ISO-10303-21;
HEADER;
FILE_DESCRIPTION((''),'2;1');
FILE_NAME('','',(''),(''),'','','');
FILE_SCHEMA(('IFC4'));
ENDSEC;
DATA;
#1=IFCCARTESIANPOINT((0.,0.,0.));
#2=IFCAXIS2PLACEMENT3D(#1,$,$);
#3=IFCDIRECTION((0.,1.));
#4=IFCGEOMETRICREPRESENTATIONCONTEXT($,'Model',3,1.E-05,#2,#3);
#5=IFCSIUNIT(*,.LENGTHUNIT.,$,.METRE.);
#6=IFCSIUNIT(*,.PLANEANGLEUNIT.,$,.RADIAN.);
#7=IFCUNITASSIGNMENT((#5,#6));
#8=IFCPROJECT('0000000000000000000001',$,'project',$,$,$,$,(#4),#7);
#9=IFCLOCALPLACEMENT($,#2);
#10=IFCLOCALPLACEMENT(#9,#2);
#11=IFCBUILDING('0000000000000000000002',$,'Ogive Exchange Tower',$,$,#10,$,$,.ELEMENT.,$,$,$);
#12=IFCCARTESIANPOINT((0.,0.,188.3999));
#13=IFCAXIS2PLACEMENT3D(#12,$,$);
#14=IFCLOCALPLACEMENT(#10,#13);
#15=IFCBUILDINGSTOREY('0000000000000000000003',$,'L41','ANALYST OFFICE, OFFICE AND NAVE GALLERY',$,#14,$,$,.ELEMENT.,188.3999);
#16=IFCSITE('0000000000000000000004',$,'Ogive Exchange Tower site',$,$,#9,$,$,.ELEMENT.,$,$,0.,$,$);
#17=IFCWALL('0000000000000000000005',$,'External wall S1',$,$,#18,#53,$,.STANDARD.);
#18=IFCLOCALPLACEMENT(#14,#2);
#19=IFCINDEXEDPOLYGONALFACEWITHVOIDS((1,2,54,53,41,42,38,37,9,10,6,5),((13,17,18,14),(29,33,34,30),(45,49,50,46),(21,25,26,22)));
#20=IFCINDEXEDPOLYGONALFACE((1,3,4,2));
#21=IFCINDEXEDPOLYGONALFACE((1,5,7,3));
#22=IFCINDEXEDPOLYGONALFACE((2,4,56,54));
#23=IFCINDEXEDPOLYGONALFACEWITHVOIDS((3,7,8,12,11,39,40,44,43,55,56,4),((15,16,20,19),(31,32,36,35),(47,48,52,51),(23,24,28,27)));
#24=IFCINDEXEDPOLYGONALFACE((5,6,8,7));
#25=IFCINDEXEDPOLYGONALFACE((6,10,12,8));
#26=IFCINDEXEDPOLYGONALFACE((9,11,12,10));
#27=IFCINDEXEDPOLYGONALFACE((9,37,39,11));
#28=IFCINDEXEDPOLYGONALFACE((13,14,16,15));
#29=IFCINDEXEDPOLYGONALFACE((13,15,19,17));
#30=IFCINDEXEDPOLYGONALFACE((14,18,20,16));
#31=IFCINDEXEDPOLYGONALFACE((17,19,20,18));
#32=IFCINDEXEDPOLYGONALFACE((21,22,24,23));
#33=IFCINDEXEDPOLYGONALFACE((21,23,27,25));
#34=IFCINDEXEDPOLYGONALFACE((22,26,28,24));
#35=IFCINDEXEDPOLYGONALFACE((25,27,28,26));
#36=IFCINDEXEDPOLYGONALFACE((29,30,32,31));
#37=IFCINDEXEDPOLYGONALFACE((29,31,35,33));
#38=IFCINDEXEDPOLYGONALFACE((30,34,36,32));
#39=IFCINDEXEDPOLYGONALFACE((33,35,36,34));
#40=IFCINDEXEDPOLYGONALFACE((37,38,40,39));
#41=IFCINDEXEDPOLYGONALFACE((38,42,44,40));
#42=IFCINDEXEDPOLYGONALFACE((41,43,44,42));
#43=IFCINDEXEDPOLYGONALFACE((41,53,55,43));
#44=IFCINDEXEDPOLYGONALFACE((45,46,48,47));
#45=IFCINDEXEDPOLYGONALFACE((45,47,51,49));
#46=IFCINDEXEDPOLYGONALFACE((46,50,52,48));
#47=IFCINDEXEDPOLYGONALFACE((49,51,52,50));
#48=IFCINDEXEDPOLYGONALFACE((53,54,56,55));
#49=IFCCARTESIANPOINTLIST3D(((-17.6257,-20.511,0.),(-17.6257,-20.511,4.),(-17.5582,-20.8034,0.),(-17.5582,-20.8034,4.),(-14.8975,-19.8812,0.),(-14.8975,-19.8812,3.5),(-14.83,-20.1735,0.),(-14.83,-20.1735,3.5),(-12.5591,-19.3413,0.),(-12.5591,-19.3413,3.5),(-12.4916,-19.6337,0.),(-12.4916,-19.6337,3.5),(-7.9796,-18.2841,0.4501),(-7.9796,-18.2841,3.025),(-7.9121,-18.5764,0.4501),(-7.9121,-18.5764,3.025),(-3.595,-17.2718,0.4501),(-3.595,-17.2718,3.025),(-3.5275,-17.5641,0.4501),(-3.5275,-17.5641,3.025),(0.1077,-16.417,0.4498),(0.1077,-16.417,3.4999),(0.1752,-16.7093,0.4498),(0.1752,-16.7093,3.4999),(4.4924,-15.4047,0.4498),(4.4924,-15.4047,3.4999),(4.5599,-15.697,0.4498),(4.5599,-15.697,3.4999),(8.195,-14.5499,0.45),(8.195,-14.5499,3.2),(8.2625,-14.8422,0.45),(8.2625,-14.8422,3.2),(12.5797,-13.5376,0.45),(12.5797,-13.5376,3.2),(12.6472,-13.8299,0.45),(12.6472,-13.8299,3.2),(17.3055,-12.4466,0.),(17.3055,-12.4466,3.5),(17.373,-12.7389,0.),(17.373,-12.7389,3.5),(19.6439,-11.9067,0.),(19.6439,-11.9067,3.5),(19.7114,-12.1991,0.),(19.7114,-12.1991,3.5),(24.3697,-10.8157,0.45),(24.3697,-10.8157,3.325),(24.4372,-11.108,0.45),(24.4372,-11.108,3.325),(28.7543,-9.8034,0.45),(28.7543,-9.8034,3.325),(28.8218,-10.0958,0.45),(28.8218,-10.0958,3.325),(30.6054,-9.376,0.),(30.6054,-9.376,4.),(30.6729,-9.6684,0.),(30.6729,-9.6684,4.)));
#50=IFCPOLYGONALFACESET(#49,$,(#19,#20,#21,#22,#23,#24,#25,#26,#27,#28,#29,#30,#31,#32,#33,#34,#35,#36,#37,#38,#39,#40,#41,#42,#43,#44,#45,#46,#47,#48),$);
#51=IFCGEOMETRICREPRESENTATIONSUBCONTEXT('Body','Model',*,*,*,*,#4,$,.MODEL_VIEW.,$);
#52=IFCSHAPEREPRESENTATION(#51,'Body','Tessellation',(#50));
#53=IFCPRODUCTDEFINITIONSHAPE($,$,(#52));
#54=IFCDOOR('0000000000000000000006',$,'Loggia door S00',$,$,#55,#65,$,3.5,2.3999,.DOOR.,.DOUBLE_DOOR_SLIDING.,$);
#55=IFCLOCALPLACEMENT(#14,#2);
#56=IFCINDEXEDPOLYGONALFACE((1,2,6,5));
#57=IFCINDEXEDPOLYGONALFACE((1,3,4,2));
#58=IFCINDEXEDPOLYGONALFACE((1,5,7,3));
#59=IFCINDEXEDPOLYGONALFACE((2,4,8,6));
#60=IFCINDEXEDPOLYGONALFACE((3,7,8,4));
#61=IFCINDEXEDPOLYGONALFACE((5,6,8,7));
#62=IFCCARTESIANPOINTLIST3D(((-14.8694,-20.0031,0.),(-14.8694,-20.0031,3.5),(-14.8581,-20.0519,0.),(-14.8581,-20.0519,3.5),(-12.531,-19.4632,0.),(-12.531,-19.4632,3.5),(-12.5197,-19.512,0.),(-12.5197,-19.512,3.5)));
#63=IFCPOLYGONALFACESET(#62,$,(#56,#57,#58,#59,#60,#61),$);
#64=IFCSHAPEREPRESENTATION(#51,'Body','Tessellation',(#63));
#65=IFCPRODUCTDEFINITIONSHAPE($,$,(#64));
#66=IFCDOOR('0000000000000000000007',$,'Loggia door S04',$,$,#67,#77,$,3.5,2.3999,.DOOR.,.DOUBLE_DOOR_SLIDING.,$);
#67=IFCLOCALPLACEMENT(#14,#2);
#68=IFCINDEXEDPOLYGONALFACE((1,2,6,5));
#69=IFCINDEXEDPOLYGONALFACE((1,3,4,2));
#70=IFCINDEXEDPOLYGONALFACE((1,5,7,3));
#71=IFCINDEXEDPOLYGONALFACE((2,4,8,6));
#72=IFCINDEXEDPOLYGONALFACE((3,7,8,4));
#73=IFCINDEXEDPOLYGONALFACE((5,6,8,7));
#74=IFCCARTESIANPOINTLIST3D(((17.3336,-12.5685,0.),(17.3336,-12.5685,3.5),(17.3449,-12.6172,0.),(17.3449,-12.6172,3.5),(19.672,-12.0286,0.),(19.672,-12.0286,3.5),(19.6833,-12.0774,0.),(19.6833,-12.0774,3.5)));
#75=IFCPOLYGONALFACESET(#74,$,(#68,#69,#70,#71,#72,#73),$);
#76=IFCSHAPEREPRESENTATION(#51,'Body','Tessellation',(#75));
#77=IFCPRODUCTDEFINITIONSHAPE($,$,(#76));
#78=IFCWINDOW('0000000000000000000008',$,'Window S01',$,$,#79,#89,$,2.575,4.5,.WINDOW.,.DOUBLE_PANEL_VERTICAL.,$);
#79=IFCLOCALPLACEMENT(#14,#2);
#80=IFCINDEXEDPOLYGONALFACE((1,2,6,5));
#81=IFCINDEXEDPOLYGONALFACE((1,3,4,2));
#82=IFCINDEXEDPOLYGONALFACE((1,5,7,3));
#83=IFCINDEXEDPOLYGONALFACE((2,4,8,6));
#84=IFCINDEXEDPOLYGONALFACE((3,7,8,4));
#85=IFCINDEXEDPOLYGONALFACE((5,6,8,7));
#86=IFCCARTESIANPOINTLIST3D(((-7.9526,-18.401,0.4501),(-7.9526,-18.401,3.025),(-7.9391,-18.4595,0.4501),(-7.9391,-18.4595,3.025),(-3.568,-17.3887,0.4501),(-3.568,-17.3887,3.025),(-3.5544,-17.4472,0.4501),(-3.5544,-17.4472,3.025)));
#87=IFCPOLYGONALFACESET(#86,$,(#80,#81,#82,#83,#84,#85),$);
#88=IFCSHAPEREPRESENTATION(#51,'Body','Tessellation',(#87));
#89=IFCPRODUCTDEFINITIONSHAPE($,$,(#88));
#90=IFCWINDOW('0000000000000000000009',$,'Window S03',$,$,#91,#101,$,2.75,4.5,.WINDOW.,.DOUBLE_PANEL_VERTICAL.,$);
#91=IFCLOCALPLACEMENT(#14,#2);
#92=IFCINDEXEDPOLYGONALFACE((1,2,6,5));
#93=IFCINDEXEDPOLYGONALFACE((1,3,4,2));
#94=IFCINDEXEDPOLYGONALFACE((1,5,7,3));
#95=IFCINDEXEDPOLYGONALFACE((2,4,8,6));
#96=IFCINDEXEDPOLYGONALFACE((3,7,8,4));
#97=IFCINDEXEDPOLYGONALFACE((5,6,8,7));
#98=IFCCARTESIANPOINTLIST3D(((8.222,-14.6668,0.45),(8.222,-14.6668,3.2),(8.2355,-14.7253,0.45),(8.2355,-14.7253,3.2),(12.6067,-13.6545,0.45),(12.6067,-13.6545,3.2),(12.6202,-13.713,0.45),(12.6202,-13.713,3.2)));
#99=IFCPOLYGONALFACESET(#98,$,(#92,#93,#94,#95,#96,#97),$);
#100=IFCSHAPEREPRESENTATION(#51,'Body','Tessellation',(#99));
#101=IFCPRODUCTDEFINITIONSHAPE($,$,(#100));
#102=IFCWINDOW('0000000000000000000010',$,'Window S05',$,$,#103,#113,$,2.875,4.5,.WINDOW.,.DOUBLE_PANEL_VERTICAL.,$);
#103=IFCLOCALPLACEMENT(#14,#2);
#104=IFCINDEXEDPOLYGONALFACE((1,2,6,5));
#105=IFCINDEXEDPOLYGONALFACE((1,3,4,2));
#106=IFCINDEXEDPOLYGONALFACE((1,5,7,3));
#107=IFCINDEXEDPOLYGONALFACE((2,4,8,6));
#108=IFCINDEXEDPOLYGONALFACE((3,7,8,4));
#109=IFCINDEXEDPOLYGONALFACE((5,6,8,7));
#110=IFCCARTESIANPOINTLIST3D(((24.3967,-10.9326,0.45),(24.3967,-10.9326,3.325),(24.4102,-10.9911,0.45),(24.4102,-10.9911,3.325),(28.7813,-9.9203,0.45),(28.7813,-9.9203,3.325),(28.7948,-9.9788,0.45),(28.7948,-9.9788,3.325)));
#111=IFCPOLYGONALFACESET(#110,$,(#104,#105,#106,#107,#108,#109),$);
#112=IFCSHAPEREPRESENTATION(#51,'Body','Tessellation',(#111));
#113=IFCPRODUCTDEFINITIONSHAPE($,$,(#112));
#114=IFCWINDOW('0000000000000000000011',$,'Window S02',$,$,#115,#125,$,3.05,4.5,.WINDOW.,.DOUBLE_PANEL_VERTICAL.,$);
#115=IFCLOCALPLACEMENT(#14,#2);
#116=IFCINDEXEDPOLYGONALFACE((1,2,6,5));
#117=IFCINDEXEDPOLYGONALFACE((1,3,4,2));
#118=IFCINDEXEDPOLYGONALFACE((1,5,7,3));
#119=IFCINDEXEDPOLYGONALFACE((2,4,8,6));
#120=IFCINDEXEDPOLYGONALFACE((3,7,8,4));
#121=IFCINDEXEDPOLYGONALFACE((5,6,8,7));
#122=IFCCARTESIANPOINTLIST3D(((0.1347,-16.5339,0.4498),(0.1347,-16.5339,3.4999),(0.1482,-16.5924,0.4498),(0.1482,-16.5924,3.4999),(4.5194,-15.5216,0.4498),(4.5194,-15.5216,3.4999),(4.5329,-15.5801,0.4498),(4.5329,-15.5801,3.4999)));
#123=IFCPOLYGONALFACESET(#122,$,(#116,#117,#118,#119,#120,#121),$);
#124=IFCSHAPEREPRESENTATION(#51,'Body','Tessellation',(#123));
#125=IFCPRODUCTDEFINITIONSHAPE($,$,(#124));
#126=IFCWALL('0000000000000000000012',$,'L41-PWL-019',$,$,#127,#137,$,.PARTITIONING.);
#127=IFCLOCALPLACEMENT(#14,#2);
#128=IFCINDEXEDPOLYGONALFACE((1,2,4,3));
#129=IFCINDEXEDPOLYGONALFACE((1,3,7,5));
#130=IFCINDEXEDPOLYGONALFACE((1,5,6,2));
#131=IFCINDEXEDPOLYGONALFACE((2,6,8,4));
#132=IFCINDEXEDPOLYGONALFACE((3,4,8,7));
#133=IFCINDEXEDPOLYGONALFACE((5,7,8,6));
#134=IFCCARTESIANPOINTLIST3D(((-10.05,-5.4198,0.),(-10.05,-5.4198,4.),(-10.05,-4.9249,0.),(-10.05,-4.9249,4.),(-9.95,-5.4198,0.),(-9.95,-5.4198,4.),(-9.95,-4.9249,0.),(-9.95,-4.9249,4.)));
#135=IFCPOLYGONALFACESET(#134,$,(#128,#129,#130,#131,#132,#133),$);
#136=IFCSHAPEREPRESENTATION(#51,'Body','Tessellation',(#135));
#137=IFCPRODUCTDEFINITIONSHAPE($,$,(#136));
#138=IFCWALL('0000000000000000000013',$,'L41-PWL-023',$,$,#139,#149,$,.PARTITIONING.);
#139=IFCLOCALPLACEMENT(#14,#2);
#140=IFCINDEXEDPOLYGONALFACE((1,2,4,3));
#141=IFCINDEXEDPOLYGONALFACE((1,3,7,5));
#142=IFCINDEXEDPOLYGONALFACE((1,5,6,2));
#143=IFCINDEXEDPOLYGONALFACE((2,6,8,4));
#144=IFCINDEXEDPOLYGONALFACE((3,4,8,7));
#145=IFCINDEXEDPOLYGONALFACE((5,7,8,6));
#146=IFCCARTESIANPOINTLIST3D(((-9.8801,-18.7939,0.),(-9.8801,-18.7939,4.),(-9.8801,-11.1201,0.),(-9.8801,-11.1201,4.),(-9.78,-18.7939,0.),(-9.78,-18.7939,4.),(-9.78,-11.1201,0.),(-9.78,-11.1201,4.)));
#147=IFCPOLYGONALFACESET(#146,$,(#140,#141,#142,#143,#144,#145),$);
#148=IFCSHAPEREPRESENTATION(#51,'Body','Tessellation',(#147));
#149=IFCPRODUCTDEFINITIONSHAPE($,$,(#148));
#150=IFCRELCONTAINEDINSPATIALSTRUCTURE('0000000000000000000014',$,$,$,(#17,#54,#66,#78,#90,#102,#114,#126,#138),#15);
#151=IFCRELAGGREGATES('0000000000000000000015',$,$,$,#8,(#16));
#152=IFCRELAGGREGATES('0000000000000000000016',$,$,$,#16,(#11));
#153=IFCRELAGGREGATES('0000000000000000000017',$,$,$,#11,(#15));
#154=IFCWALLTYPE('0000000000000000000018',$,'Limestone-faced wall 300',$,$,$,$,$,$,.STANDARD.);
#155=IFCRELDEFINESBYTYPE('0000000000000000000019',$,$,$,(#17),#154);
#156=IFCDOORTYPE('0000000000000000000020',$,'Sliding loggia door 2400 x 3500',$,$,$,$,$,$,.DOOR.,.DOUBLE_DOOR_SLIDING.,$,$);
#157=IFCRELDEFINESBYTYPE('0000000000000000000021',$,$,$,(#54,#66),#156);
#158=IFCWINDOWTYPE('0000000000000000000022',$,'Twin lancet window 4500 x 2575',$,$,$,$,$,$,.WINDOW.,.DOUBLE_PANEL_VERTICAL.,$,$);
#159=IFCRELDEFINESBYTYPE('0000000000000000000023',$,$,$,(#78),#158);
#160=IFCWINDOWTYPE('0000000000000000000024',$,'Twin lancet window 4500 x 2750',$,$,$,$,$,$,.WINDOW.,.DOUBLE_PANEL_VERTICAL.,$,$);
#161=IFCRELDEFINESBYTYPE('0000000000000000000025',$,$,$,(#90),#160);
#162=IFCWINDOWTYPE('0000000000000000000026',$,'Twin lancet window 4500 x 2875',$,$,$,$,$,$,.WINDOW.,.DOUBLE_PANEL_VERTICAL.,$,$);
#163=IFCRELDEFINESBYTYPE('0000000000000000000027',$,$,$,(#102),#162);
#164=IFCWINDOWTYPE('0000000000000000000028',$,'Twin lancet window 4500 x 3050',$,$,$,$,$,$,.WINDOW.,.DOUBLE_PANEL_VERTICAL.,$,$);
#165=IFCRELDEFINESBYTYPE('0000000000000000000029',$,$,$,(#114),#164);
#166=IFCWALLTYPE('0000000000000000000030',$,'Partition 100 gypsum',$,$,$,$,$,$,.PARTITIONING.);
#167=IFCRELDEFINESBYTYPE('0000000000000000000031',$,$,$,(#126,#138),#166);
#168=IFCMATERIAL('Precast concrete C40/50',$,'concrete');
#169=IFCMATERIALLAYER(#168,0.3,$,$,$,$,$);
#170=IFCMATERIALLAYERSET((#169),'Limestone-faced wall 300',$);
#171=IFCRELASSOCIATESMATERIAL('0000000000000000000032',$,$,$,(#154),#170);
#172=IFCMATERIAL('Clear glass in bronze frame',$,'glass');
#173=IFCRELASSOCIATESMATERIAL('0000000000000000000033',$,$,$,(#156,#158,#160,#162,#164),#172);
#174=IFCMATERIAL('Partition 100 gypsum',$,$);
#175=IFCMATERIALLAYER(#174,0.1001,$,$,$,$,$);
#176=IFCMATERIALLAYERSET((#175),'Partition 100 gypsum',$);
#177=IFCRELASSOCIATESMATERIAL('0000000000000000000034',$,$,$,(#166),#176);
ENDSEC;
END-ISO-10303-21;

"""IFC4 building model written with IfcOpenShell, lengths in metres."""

from ifc_helpers import new_model, si_unit, direction, frame, frame_2d, origin, place, context, subcontext, project, spatial, rectangle, extrude, material, layer, layer_set, type_object, element, fill, save


model = new_model("IFC4")

# Units and contexts
model_context = context("Model", 3, precision=1e-05, world=origin(), true_north=direction((0.0, 1.0)))
body_context = subcontext(model_context, "Body", "Model", "MODEL_VIEW")
ifc_project = project(units=[si_unit("LENGTHUNIT", "METRE"), si_unit("PLANEANGLEUNIT", "RADIAN")], contexts=[model_context])

# Site, building, storey
site_placement = place(None, origin())
site = spatial("IfcSite", under=ifc_project, at=site_placement, Name="Ogive Exchange Tower site", CompositionType="ELEMENT", RefElevation=0.0)
building_placement = place(site_placement, origin())
building = spatial("IfcBuilding", under=site, at=building_placement, Name="Ogive Exchange Tower", CompositionType="ELEMENT")
storey_placement = place(building_placement, frame((0.0, 0.0, 188.3999)))
storey = spatial("IfcBuildingStorey", under=building, at=storey_placement, Name="L41", Description="ANALYST OFFICE, OFFICE AND NAVE GALLERY", CompositionType="ELEMENT", Elevation=188.3999)

# Wall, openings, doors, windows
ifc_material_1 = material(Name="Precast concrete C40/50", Category="concrete")
ifc_layer_1 = layer(ifc_material_1, 0.3)
ifc_layer_set_1 = layer_set([ifc_layer_1], Name="Limestone-faced wall 300")
wall_type_1 = type_object("IfcWallType", Name="Limestone-faced wall 300", PredefinedType="STANDARD", material=ifc_layer_set_1)
wall_1_placement = place(storey_placement, frame((-17.592, -20.6572, 0.0), z_axis=(0.0, 0.0, 1.0), x_axis=(0.97437, 0.22495, 0.0)))
wall_1 = element("IfcWall", 1, at=wall_1_placement, inside=storey, type_object=wall_type_1, Name="External wall S1", PredefinedType="STANDARD", context=body_context, shape_type="SweptSolid", body=[
    extrude(rectangle(XDim=49.4998, YDim=0.3, at=frame_2d((24.75, 0.0))), origin(), (0.0, 0.0, 1.0), 4.0),
])
opening_1_placement = place(wall_1_placement, frame((2.8, 0.0, 0.0)))
opening_1 = element("IfcOpeningElement", 2, at=opening_1_placement, cuts=wall_1, PredefinedType="OPENING", context=body_context, shape_type="SweptSolid", body=[
    extrude(rectangle(XDim=2.3999, YDim=3.5, at=frame_2d((1.2, 1.75))), frame((0.0, 0.1599, 0.0), z_axis=(0.0, -1.0, 0.0), x_axis=(1.0, 0.0, 0.0)), (0.0, 0.0, 1.0), 0.3201),
])
opening_2_placement = place(wall_1_placement, frame((9.8999, 0.0, 0.45)))
opening_2 = element("IfcOpeningElement", 3, at=opening_2_placement, cuts=wall_1, PredefinedType="OPENING", context=body_context, shape_type="SweptSolid", body=[
    extrude(rectangle(XDim=4.5, YDim=2.575, at=frame_2d((2.25, 1.2876))), frame((0.0, 0.1599, 0.0), z_axis=(0.0, -1.0, 0.0), x_axis=(1.0, 0.0, 0.0)), (0.0, 0.0, 1.0), 0.3201),
])
opening_3_placement = place(wall_1_placement, frame((18.2, 0.0, 0.45)))
opening_3 = element("IfcOpeningElement", 4, at=opening_3_placement, cuts=wall_1, PredefinedType="OPENING", context=body_context, shape_type="SweptSolid", body=[
    extrude(rectangle(XDim=4.5, YDim=3.05, at=frame_2d((2.25, 1.5249))), frame((0.0, 0.1599, 0.0), z_axis=(0.0, -1.0, 0.0), x_axis=(1.0, 0.0, 0.0)), (0.0, 0.0, 1.0), 0.3201),
])
opening_4_placement = place(wall_1_placement, frame((26.5, 0.0, 0.45)))
opening_4 = element("IfcOpeningElement", 5, at=opening_4_placement, cuts=wall_1, PredefinedType="OPENING", context=body_context, shape_type="SweptSolid", body=[
    extrude(rectangle(XDim=4.5, YDim=2.75, at=frame_2d((2.25, 1.375))), frame((0.0, 0.1599, 0.0), z_axis=(0.0, -1.0, 0.0), x_axis=(1.0, 0.0, 0.0)), (0.0, 0.0, 1.0), 0.3201),
])
opening_5_placement = place(wall_1_placement, frame((35.8501, 0.0, 0.0)))
opening_5 = element("IfcOpeningElement", 6, at=opening_5_placement, cuts=wall_1, PredefinedType="OPENING", context=body_context, shape_type="SweptSolid", body=[
    extrude(rectangle(XDim=2.3999, YDim=3.5, at=frame_2d((1.2, 1.75))), frame((0.0, 0.1599, 0.0), z_axis=(0.0, -1.0, 0.0), x_axis=(1.0, 0.0, 0.0)), (0.0, 0.0, 1.0), 0.3201),
])
opening_6_placement = place(wall_1_placement, frame((43.1001, 0.0, 0.45)))
opening_6 = element("IfcOpeningElement", 7, at=opening_6_placement, cuts=wall_1, PredefinedType="OPENING", context=body_context, shape_type="SweptSolid", body=[
    extrude(rectangle(XDim=4.5, YDim=2.875, at=frame_2d((2.25, 1.4375))), frame((0.0, 0.1599, 0.0), z_axis=(0.0, -1.0, 0.0), x_axis=(1.0, 0.0, 0.0)), (0.0, 0.0, 1.0), 0.3201),
])
ifc_material_2 = material(Name="Clear glass in bronze frame", Category="glass")
door_type_1 = type_object("IfcDoorType", Name="Sliding loggia door 2400 x 3500", OperationType="DOUBLE_DOOR_SLIDING", PredefinedType="DOOR", material=ifc_material_2)
door_1_placement = place(opening_1_placement, origin())
door_1 = element("IfcDoor", 8, at=door_1_placement, inside=storey, type_object=door_type_1, Name="Loggia door S00", OperationType="DOUBLE_DOOR_SLIDING", OverallHeight=3.5, OverallWidth=2.3999, PredefinedType="DOOR", context=body_context, shape_type="SweptSolid", body=[
    extrude(rectangle(XDim=2.3999, YDim=3.5, at=frame_2d((1.2, 1.75))), frame((0.0, 0.0249, 0.0), z_axis=(0.0, -1.0, 0.0), x_axis=(1.0, 0.0, 0.0)), (0.0, 0.0, 1.0), 0.05),
])
fill(opening_1, door_1)
door_2_placement = place(opening_5_placement, origin())
door_2 = element("IfcDoor", 9, at=door_2_placement, inside=storey, type_object=door_type_1, Name="Loggia door S04", OperationType="DOUBLE_DOOR_SLIDING", OverallHeight=3.5, OverallWidth=2.3999, PredefinedType="DOOR", context=body_context, shape_type="SweptSolid", body=[
    extrude(rectangle(XDim=2.3999, YDim=3.5, at=frame_2d((1.2, 1.75))), frame((0.0, 0.0249, 0.0), z_axis=(0.0, -1.0, 0.0), x_axis=(1.0, 0.0, 0.0)), (0.0, 0.0, 1.0), 0.05),
])
fill(opening_5, door_2)
window_type_1 = type_object("IfcWindowType", Name="Twin lancet window 4500 x 2575", PartitioningType="DOUBLE_PANEL_VERTICAL", PredefinedType="WINDOW", material=ifc_material_2)
window_1_placement = place(opening_2_placement, origin())
window_1 = element("IfcWindow", 10, at=window_1_placement, inside=storey, type_object=window_type_1, Name="Window S01", OverallHeight=2.575, OverallWidth=4.5, PartitioningType="DOUBLE_PANEL_VERTICAL", PredefinedType="WINDOW", context=body_context, shape_type="SweptSolid", body=[
    extrude(rectangle(XDim=4.5, YDim=2.575, at=frame_2d((2.25, 1.2876))), frame((0.0, 0.03, 0.0), z_axis=(0.0, -1.0, 0.0), x_axis=(1.0, 0.0, 0.0)), (0.0, 0.0, 1.0), 0.0601),
])
fill(opening_2, window_1)
window_type_2 = type_object("IfcWindowType", Name="Twin lancet window 4500 x 2750", PartitioningType="DOUBLE_PANEL_VERTICAL", PredefinedType="WINDOW", material=ifc_material_2)
window_2_placement = place(opening_4_placement, origin())
window_2 = element("IfcWindow", 11, at=window_2_placement, inside=storey, type_object=window_type_2, Name="Window S03", OverallHeight=2.75, OverallWidth=4.5, PartitioningType="DOUBLE_PANEL_VERTICAL", PredefinedType="WINDOW", context=body_context, shape_type="SweptSolid", body=[
    extrude(rectangle(XDim=4.5, YDim=2.75, at=frame_2d((2.25, 1.375))), frame((0.0, 0.03, 0.0), z_axis=(0.0, -1.0, 0.0), x_axis=(1.0, 0.0, 0.0)), (0.0, 0.0, 1.0), 0.0601),
])
fill(opening_4, window_2)
window_type_3 = type_object("IfcWindowType", Name="Twin lancet window 4500 x 2875", PartitioningType="DOUBLE_PANEL_VERTICAL", PredefinedType="WINDOW", material=ifc_material_2)
window_3_placement = place(opening_6_placement, origin())
window_3 = element("IfcWindow", 12, at=window_3_placement, inside=storey, type_object=window_type_3, Name="Window S05", OverallHeight=2.875, OverallWidth=4.5, PartitioningType="DOUBLE_PANEL_VERTICAL", PredefinedType="WINDOW", context=body_context, shape_type="SweptSolid", body=[
    extrude(rectangle(XDim=4.5, YDim=2.875, at=frame_2d((2.25, 1.4375))), frame((0.0, 0.03, 0.0), z_axis=(0.0, -1.0, 0.0), x_axis=(1.0, 0.0, 0.0)), (0.0, 0.0, 1.0), 0.0601),
])
fill(opening_6, window_3)
window_type_4 = type_object("IfcWindowType", Name="Twin lancet window 4500 x 3050", PartitioningType="DOUBLE_PANEL_VERTICAL", PredefinedType="WINDOW", material=ifc_material_2)
window_4_placement = place(opening_3_placement, origin())
window_4 = element("IfcWindow", 13, at=window_4_placement, inside=storey, type_object=window_type_4, Name="Window S02", OverallHeight=3.05, OverallWidth=4.5, PartitioningType="DOUBLE_PANEL_VERTICAL", PredefinedType="WINDOW", context=body_context, shape_type="SweptSolid", body=[
    extrude(rectangle(XDim=4.5, YDim=3.05, at=frame_2d((2.25, 1.5249))), frame((0.0, 0.03, 0.0), z_axis=(0.0, -1.0, 0.0), x_axis=(1.0, 0.0, 0.0)), (0.0, 0.0, 1.0), 0.0601),
])
fill(opening_3, window_4)

# Walls
ifc_material_3 = material(Name="Partition 100 gypsum")
ifc_layer_2 = layer(ifc_material_3, 0.1001)
ifc_layer_set_2 = layer_set([ifc_layer_2], Name="Partition 100 gypsum")
wall_type_2 = type_object("IfcWallType", Name="Partition 100 gypsum", PredefinedType="PARTITIONING", material=ifc_layer_set_2)
wall_2_placement = place(storey_placement, frame((-10.0, -5.4199, 0.0), z_axis=(0.0, 0.0, 1.0), x_axis=(0.0, 1.0, 0.0)))
element("IfcWall", 14, at=wall_2_placement, inside=storey, type_object=wall_type_2, Name="L41-PWL-019", PredefinedType="PARTITIONING", context=body_context, shape_type="SweptSolid", body=[
    extrude(rectangle(XDim=0.4949, YDim=0.1001, at=frame_2d((0.2476, 0.0))), origin(), (0.0, 0.0, 1.0), 4.0),
])
wall_3_placement = place(storey_placement, frame((-9.8301, -18.7939, 0.0), z_axis=(0.0, 0.0, 1.0), x_axis=(0.0, 1.0, 0.0)))
element("IfcWall", 15, at=wall_3_placement, inside=storey, type_object=wall_type_2, Name="L41-PWL-023", PredefinedType="PARTITIONING", context=body_context, shape_type="SweptSolid", body=[
    extrude(rectangle(XDim=7.6738, YDim=0.1001, at=frame_2d((3.8369, 0.0))), origin(), (0.0, 0.0, 1.0), 4.0),
])

save(model, "model.ifc")
